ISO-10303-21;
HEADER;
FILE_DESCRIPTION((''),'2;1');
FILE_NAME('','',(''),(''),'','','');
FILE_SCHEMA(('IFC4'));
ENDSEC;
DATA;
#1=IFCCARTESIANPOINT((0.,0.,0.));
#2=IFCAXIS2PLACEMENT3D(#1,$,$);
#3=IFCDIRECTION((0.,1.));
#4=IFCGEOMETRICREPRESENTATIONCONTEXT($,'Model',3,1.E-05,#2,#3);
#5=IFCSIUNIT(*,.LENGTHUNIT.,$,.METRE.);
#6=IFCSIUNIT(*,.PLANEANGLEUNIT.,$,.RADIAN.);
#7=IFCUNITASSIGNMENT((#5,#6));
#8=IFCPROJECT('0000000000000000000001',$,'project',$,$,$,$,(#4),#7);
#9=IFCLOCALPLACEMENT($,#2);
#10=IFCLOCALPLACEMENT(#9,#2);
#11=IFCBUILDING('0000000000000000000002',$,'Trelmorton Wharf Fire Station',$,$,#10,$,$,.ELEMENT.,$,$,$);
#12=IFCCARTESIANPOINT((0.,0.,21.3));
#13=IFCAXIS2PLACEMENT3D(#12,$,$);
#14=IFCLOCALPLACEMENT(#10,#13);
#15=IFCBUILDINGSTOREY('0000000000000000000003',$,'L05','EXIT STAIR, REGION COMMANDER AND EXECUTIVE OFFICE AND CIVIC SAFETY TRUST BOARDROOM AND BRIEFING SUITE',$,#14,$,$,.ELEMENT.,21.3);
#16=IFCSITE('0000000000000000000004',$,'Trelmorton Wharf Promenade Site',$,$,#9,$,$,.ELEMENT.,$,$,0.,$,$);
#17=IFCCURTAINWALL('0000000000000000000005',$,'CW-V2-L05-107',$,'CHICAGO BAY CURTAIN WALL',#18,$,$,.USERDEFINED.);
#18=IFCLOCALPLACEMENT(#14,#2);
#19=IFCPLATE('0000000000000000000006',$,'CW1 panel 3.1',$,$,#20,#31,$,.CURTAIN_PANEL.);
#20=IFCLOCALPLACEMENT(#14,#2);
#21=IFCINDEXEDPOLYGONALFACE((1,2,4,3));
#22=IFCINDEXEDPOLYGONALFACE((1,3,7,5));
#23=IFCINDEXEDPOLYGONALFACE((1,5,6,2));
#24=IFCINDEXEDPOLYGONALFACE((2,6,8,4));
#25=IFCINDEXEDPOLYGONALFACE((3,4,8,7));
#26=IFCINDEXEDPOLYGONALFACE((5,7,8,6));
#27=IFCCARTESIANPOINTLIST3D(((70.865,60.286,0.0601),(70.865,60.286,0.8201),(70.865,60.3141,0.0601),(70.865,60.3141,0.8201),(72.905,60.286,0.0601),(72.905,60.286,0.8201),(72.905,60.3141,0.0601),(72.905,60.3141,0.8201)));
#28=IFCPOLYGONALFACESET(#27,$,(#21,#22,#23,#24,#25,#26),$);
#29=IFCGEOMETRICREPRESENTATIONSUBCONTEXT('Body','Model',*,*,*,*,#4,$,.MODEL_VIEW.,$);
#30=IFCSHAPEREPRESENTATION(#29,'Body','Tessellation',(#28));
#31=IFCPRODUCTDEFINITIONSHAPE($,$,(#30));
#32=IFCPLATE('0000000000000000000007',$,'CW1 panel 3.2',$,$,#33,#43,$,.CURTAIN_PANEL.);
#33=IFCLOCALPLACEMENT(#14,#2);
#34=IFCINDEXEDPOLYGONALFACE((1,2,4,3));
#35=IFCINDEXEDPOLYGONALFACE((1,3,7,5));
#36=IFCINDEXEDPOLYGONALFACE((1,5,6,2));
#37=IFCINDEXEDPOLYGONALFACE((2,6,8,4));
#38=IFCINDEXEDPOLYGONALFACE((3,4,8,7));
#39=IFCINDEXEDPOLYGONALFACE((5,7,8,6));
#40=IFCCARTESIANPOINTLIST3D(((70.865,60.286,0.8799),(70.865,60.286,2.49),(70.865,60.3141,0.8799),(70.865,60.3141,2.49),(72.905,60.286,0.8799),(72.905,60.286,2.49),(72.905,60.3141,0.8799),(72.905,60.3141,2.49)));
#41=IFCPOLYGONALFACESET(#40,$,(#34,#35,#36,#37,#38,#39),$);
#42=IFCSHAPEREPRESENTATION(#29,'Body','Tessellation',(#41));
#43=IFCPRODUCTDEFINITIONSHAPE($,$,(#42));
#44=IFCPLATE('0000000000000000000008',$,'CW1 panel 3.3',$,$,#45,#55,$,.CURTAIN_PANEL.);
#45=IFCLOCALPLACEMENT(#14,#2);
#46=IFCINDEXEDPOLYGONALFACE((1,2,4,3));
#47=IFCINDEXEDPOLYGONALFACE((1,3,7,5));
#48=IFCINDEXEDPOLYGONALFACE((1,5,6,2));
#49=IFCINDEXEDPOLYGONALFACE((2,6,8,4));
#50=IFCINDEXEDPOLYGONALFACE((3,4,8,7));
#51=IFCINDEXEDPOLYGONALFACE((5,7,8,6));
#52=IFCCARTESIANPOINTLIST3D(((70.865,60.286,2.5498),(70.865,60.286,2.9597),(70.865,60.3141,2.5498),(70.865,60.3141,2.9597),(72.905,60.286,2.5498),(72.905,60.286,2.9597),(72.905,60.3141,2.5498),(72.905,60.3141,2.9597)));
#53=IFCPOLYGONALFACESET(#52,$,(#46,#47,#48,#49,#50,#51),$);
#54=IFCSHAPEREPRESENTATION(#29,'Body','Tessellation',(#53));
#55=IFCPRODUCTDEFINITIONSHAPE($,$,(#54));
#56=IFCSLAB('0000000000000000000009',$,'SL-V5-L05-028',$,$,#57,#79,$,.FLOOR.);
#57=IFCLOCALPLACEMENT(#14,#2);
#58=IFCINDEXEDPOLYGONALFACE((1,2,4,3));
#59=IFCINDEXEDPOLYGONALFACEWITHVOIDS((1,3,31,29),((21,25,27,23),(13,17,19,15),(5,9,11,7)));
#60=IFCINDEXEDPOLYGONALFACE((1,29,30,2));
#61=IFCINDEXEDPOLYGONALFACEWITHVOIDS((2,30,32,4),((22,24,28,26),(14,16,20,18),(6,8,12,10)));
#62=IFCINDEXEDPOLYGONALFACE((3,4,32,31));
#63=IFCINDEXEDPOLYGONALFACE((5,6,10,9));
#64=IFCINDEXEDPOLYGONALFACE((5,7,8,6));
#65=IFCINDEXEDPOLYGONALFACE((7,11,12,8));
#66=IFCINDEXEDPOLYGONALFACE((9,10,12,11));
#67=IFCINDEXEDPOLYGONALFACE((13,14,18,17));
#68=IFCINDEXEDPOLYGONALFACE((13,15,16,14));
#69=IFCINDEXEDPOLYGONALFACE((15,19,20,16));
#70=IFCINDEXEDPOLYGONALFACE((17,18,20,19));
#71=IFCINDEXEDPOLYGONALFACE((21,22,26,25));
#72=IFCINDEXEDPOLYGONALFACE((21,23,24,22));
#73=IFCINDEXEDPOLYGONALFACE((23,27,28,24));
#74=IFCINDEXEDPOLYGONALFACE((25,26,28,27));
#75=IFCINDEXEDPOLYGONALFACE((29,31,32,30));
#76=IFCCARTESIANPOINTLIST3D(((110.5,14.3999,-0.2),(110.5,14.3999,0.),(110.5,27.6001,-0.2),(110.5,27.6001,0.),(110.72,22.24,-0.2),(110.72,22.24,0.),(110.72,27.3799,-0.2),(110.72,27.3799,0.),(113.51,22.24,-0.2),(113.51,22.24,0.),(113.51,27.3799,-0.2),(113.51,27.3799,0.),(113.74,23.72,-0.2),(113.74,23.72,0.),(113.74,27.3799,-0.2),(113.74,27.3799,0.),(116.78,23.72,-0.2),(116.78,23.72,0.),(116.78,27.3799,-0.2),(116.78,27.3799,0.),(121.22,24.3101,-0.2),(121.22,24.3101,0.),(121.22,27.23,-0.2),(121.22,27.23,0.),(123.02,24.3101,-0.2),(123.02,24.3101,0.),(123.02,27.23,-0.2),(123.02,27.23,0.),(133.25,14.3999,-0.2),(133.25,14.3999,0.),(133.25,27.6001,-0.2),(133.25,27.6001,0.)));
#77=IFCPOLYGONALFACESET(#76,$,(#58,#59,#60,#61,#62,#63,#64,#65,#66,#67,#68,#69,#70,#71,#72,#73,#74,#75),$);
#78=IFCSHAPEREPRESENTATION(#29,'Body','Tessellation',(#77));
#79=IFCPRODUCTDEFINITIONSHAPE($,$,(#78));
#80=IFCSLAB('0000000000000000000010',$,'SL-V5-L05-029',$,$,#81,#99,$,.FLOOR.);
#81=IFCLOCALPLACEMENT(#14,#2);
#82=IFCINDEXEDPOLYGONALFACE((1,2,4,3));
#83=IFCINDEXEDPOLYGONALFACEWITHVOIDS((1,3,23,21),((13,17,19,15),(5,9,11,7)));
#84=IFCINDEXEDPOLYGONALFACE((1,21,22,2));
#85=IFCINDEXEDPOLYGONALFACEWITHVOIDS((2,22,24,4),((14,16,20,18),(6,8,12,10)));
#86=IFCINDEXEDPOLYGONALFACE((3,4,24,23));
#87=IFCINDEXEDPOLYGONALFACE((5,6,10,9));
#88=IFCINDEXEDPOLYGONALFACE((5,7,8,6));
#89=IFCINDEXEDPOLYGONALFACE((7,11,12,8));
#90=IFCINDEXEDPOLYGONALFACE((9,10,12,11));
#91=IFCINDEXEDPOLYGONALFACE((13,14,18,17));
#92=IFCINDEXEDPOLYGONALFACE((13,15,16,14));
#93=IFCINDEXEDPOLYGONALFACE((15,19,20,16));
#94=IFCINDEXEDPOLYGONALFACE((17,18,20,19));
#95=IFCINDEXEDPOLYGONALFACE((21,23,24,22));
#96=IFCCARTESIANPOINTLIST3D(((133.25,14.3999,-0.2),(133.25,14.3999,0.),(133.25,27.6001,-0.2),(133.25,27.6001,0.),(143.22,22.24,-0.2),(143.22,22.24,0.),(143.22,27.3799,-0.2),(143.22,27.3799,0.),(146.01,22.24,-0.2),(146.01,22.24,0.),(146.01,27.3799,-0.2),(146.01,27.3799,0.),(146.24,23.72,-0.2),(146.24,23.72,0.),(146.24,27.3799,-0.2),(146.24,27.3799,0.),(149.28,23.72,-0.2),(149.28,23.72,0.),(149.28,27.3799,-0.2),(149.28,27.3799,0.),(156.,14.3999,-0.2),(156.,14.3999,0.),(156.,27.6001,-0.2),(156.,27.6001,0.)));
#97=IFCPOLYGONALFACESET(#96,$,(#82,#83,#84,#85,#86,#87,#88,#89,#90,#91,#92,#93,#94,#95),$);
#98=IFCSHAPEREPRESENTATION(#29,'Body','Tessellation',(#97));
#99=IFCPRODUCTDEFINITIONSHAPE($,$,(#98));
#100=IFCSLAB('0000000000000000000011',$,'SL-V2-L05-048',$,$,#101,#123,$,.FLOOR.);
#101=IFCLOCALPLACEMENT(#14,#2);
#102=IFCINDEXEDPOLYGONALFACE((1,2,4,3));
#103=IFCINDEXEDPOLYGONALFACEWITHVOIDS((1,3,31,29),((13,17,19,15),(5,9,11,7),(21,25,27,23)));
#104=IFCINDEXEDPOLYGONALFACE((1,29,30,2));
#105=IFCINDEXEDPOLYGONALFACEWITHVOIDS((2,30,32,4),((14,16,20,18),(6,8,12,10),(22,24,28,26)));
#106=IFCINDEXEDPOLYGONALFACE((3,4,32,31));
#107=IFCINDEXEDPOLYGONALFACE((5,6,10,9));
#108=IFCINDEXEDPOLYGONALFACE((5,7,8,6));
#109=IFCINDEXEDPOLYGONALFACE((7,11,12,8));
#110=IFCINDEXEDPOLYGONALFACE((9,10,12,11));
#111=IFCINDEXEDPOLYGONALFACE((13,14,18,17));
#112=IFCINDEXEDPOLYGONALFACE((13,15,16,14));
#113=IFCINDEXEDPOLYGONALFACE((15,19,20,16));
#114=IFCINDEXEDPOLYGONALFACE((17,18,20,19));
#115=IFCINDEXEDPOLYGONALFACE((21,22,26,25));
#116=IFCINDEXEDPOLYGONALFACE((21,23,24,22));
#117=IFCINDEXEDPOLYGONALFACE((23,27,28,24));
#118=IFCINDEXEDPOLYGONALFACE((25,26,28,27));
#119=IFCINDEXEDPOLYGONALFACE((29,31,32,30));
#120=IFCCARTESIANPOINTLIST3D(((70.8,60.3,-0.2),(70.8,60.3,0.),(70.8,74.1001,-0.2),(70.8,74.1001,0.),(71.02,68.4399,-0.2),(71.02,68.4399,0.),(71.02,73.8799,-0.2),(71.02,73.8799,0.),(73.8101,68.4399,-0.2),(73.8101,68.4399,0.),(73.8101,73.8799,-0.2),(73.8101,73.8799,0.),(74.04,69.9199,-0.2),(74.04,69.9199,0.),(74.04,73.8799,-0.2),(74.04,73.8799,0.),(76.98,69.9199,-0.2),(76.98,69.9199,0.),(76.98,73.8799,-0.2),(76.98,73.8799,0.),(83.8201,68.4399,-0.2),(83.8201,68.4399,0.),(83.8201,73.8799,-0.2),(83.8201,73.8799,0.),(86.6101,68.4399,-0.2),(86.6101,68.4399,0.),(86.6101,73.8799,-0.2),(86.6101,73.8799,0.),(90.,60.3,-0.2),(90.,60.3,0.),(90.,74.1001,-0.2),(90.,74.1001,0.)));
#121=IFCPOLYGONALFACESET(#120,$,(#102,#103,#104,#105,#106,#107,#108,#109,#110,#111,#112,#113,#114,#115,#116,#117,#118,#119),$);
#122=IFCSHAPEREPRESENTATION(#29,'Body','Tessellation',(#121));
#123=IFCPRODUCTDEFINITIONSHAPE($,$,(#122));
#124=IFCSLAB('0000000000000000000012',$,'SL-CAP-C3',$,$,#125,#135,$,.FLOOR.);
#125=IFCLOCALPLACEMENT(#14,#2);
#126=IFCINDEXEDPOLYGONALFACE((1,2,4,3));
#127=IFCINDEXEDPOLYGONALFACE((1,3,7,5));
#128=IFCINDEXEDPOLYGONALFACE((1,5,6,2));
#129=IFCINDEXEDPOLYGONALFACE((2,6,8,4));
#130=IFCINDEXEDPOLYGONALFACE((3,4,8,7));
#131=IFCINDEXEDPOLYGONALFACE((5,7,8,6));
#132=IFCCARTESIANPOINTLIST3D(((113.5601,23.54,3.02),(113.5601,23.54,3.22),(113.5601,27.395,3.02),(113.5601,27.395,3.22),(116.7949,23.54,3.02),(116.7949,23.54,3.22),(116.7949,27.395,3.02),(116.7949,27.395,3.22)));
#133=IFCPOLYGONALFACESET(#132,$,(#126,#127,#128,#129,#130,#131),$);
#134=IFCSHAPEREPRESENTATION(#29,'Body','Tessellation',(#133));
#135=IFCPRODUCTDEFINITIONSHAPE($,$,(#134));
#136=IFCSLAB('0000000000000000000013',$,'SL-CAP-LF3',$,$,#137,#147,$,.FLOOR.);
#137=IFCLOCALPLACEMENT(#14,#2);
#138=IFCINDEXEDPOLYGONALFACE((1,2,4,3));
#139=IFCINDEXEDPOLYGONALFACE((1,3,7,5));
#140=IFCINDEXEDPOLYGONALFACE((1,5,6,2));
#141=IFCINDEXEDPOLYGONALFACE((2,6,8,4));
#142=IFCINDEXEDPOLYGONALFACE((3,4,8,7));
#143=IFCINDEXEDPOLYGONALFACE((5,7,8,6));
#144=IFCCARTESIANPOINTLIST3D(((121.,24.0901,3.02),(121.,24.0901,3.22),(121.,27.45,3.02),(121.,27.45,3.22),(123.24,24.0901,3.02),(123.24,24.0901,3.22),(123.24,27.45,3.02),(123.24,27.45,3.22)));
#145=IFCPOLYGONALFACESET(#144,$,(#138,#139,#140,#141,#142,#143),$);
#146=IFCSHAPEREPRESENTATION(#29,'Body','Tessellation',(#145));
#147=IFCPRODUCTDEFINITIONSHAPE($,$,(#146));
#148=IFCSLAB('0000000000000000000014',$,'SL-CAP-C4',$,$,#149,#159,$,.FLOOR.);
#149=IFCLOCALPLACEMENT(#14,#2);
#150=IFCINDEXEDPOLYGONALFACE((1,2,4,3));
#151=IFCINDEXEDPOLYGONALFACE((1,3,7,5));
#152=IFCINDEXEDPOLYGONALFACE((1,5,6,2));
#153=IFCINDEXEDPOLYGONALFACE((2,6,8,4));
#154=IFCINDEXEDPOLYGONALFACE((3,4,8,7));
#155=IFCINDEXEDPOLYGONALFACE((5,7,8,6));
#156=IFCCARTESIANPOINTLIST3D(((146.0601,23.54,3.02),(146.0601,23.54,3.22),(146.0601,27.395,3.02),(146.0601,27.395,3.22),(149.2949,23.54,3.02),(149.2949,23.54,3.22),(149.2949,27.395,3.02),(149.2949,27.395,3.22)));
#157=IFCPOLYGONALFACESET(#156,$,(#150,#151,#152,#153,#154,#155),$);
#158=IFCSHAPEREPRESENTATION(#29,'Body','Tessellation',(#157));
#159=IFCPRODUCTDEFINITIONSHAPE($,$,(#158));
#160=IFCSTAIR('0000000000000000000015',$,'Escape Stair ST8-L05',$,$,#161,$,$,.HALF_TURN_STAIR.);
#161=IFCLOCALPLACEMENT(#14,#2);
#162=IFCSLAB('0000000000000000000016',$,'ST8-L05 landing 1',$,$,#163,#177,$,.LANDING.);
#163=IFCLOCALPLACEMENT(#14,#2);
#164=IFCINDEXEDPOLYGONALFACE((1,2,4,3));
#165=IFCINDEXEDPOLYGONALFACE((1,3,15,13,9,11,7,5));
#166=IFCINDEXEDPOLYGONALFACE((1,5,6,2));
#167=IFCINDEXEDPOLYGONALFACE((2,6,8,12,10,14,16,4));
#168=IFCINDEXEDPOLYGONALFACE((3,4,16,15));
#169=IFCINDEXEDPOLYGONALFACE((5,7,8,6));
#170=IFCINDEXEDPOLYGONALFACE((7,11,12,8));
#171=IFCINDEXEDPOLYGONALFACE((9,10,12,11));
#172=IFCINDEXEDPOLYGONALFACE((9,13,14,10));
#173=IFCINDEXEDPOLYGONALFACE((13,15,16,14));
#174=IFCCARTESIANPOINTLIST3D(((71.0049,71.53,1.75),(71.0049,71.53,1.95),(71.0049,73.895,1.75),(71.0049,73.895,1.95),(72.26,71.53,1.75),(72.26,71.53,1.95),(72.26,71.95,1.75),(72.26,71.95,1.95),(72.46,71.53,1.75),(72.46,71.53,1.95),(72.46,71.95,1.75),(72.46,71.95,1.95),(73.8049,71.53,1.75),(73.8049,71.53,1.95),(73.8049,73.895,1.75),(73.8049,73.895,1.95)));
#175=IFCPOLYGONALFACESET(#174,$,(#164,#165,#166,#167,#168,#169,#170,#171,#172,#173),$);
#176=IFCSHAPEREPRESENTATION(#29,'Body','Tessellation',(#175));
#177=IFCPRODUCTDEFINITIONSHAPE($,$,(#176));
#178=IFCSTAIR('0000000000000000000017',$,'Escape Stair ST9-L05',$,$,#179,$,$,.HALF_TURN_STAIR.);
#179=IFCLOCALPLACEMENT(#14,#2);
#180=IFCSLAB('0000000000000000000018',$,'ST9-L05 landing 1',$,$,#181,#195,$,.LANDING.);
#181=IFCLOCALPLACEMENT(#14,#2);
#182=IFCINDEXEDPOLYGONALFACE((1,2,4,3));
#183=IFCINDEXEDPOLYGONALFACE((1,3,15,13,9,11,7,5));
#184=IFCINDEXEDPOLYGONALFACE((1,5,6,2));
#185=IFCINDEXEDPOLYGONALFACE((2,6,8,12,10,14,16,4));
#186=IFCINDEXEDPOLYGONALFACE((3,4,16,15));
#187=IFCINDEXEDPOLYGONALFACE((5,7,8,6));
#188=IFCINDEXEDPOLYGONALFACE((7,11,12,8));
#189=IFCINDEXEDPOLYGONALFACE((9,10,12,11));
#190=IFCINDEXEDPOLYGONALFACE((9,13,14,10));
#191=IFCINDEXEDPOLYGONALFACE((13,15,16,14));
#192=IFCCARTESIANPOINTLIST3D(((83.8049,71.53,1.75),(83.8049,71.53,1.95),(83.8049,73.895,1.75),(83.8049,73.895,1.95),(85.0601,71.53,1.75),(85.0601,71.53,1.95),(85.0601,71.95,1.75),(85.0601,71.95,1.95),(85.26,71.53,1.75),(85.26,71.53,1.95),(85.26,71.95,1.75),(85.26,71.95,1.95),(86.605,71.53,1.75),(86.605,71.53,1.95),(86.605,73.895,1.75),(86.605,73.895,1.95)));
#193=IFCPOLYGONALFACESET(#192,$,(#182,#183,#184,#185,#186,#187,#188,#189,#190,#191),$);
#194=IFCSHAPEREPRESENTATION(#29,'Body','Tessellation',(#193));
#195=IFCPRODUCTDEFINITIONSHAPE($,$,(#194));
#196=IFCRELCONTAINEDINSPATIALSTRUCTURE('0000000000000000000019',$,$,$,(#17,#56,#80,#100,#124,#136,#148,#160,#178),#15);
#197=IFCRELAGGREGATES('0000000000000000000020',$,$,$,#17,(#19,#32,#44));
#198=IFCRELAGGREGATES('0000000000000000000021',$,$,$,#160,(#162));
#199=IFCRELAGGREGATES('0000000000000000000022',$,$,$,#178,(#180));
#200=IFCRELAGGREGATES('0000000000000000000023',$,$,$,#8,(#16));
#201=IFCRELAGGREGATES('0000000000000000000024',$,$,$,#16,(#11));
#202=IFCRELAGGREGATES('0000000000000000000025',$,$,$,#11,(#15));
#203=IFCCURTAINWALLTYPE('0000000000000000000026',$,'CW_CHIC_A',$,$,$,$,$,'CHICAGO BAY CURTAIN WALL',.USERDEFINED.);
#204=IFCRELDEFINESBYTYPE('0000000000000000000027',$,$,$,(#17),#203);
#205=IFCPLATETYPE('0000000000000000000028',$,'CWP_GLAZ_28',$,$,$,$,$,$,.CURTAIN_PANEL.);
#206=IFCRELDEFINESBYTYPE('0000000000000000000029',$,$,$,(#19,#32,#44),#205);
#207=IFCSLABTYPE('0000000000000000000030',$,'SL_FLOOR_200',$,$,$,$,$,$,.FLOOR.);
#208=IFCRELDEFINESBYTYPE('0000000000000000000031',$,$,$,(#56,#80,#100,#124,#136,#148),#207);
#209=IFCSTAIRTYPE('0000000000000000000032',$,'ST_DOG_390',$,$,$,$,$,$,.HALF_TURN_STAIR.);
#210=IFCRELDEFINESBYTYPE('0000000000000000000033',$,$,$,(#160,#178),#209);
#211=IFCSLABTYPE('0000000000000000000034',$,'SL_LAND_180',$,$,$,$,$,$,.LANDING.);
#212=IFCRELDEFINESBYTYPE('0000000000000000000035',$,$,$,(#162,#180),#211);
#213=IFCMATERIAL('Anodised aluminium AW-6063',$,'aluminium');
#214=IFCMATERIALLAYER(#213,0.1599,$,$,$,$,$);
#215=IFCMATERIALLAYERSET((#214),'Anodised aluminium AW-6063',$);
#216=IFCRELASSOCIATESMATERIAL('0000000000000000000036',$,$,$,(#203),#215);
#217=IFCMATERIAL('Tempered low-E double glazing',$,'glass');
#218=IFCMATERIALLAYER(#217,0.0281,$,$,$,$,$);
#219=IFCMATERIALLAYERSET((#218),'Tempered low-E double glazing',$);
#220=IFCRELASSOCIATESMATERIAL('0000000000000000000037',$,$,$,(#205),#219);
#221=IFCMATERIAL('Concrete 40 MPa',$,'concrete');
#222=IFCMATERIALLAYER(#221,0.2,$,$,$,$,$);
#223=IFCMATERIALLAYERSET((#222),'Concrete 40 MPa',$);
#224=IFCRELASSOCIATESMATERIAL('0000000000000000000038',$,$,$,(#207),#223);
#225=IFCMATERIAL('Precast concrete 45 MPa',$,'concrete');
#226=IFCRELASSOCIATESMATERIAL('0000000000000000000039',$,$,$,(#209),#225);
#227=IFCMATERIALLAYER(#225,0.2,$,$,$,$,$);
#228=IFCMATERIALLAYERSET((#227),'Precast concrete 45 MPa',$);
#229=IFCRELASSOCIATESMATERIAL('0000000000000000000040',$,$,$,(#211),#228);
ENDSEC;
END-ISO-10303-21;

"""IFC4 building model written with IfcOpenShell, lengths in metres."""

from ifc_helpers import new_model, si_unit, direction, frame, origin, origin_2d, place, context, subcontext, project, spatial, polyline, rectangle, outline, extrude, material, layer, layer_set, type_object, element, aggregate, save


model = new_model("IFC4")

# Units and contexts
model_context = context("Model", 3, precision=1e-05, world=origin(), true_north=direction((0.0, 1.0)))
body_context = subcontext(model_context, "Body", "Model", "MODEL_VIEW")
ifc_project = project(units=[si_unit("LENGTHUNIT", "METRE"), si_unit("PLANEANGLEUNIT", "RADIAN")], contexts=[model_context])

# Site, building, storey
site_placement = place(None, origin())
site = spatial("IfcSite", under=ifc_project, at=site_placement, Name="Trelmorton Wharf Promenade Site", CompositionType="ELEMENT", RefElevation=0.0)
building_placement = place(site_placement, origin())
building = spatial("IfcBuilding", under=site, at=building_placement, Name="Trelmorton Wharf Fire Station", CompositionType="ELEMENT")
storey_placement = place(building_placement, frame((0.0, 0.0, 21.3)))
storey = spatial("IfcBuildingStorey", under=building, at=storey_placement, Name="L05", Description="EXIT STAIR, REGION COMMANDER AND EXECUTIVE OFFICE AND CIVIC SAFETY TRUST BOARDROOM AND BRIEFING SUITE", CompositionType="ELEMENT", Elevation=21.3)

# Curtain wall
ifc_material_1 = material(Name="Anodised aluminium AW-6063", Category="aluminium")
ifc_layer_1 = layer(ifc_material_1, 0.1599)
ifc_layer_set_1 = layer_set([ifc_layer_1], Name="Anodised aluminium AW-6063")
curtain_wall_type = type_object("IfcCurtainWallType", Name="CW_CHIC_A", ElementType="CHICAGO BAY CURTAIN WALL", PredefinedType="USERDEFINED", material=ifc_layer_set_1)
curtain_wall_placement = place(storey_placement, origin())
curtain_wall = element("IfcCurtainWall", 1, at=curtain_wall_placement, inside=storey, type_object=curtain_wall_type, Name="CW-V2-L05-107", ObjectType="CHICAGO BAY CURTAIN WALL", PredefinedType="USERDEFINED")

# Plates
ifc_material_2 = material(Name="Tempered low-E double glazing", Category="glass")
ifc_layer_2 = layer(ifc_material_2, 0.0281)
ifc_layer_set_2 = layer_set([ifc_layer_2], Name="Tempered low-E double glazing")
plate_type = type_object("IfcPlateType", Name="CWP_GLAZ_28", PredefinedType="CURTAIN_PANEL", material=ifc_layer_set_2)
plate_1_placement = place(storey_placement, frame((71.885, 60.3, 0.0601), z_axis=(0.0, 0.0, 1.0), x_axis=(-1.0, 0.0, 0.0)))
plate_1 = element("IfcPlate", 2, at=plate_1_placement, type_object=plate_type, Name="CW1 panel 3.1", PredefinedType="CURTAIN_PANEL", context=body_context, shape_type="SweptSolid", body=[
    extrude(rectangle(XDim=2.04, YDim=0.0281, at=origin_2d()), origin(), (0.0, 0.0, 1.0), 0.76),
])
plate_2_placement = place(storey_placement, frame((71.885, 60.3, 0.8799), z_axis=(0.0, 0.0, 1.0), x_axis=(-1.0, 0.0, 0.0)))
plate_2 = element("IfcPlate", 3, at=plate_2_placement, type_object=plate_type, Name="CW1 panel 3.2", PredefinedType="CURTAIN_PANEL", context=body_context, shape_type="SweptSolid", body=[
    extrude(rectangle(XDim=2.04, YDim=0.0281, at=origin_2d()), origin(), (0.0, 0.0, 1.0), 1.6101),
])
plate_3_placement = place(storey_placement, frame((71.885, 60.3, 2.5498), z_axis=(0.0, 0.0, 1.0), x_axis=(-1.0, 0.0, 0.0)))
plate_3 = element("IfcPlate", 4, at=plate_3_placement, type_object=plate_type, Name="CW1 panel 3.3", PredefinedType="CURTAIN_PANEL", context=body_context, shape_type="SweptSolid", body=[
    extrude(rectangle(XDim=2.04, YDim=0.0281, at=origin_2d()), origin(), (0.0, 0.0, 1.0), 0.4099),
])
aggregate(curtain_wall, [plate_1, plate_2, plate_3])

# Slabs
ifc_material_3 = material(Name="Concrete 40 MPa", Category="concrete")
ifc_layer_3 = layer(ifc_material_3, 0.2)
ifc_layer_set_3 = layer_set([ifc_layer_3], Name="Concrete 40 MPa")
slab_type_1 = type_object("IfcSlabType", Name="SL_FLOOR_200", PredefinedType="FLOOR", material=ifc_layer_set_3)
slab_1_placement = place(storey_placement, frame((0.0, 0.0, -0.2)))
element("IfcSlab", 5, at=slab_1_placement, inside=storey, type_object=slab_type_1, Name="SL-V5-L05-028", PredefinedType="FLOOR", context=body_context, shape_type="SweptSolid", body=[
    extrude(outline(polyline([(110.5, 27.6001), (133.25, 27.6001), (133.25, 14.3999), (110.5, 14.3999), (110.5, 27.6001)]), holes=[polyline([(110.72, 27.3799), (110.72, 22.24), (113.51, 22.24), (113.51, 27.3799), (110.72, 27.3799)]), polyline([(116.78, 27.3799), (113.74, 27.3799), (113.74, 23.72), (116.78, 23.72), (116.78, 27.3799)]), polyline([(123.02, 24.3101), (123.02, 27.23), (121.22, 27.23), (121.22, 24.3101), (123.02, 24.3101)])]), origin(), (0.0, 0.0, 1.0), 0.2),
])
slab_2_placement = place(storey_placement, frame((0.0, 0.0, -0.2)))
element("IfcSlab", 6, at=slab_2_placement, inside=storey, type_object=slab_type_1, Name="SL-V5-L05-029", PredefinedType="FLOOR", context=body_context, shape_type="SweptSolid", body=[
    extrude(outline(polyline([(156.0, 27.6001), (156.0, 14.3999), (133.25, 14.3999), (133.25, 27.6001), (156.0, 27.6001)]), holes=[polyline([(143.22, 22.24), (146.01, 22.24), (146.01, 27.3799), (143.22, 27.3799), (143.22, 22.24)]), polyline([(146.24, 27.3799), (146.24, 23.72), (149.28, 23.72), (149.28, 27.3799), (146.24, 27.3799)])]), origin(), (0.0, 0.0, 1.0), 0.2),
])
slab_3_placement = place(storey_placement, frame((0.0, 0.0, -0.2)))
element("IfcSlab", 7, at=slab_3_placement, inside=storey, type_object=slab_type_1, Name="SL-V2-L05-048", PredefinedType="FLOOR", context=body_context, shape_type="SweptSolid", body=[
    extrude(outline(polyline([(90.0, 74.1001), (90.0, 60.3), (70.8, 60.3), (70.8, 74.1001), (90.0, 74.1001)]), holes=[polyline([(71.02, 68.4399), (73.8101, 68.4399), (73.8101, 73.8799), (71.02, 73.8799), (71.02, 68.4399)]), polyline([(74.04, 73.8799), (74.04, 69.9199), (76.98, 69.9199), (76.98, 73.8799), (74.04, 73.8799)]), polyline([(86.6101, 73.8799), (83.8201, 73.8799), (83.8201, 68.4399), (86.6101, 68.4399), (86.6101, 73.8799)])]), origin(), (0.0, 0.0, 1.0), 0.2),
])
slab_4_placement = place(storey_placement, frame((0.0, 0.0, 3.02)))
element("IfcSlab", 8, at=slab_4_placement, inside=storey, type_object=slab_type_1, Name="SL-CAP-C3", PredefinedType="FLOOR", context=body_context, shape_type="SweptSolid", body=[
    extrude(outline(polyline([(113.5601, 23.54), (116.7949, 23.54), (116.7949, 27.395), (113.5601, 27.395), (113.5601, 23.54)])), origin(), (0.0, 0.0, 1.0), 0.2),
])
slab_5_placement = place(storey_placement, frame((0.0, 0.0, 3.02)))
element("IfcSlab", 9, at=slab_5_placement, inside=storey, type_object=slab_type_1, Name="SL-CAP-LF3", PredefinedType="FLOOR", context=body_context, shape_type="SweptSolid", body=[
    extrude(outline(polyline([(121.0, 24.0901), (123.24, 24.0901), (123.24, 27.45), (121.0, 27.45), (121.0, 24.0901)])), origin(), (0.0, 0.0, 1.0), 0.2),
])
slab_6_placement = place(storey_placement, frame((0.0, 0.0, 3.02)))
element("IfcSlab", 10, at=slab_6_placement, inside=storey, type_object=slab_type_1, Name="SL-CAP-C4", PredefinedType="FLOOR", context=body_context, shape_type="SweptSolid", body=[
    extrude(outline(polyline([(146.0601, 23.54), (149.2949, 23.54), (149.2949, 27.395), (146.0601, 27.395), (146.0601, 23.54)])), origin(), (0.0, 0.0, 1.0), 0.2),
])

# Stairs, slabs
ifc_material_4 = material(Name="Precast concrete 45 MPa", Category="concrete")
stair_type = type_object("IfcStairType", Name="ST_DOG_390", PredefinedType="HALF_TURN_STAIR", material=ifc_material_4)
stair_1_placement = place(storey_placement, origin())
stair_1 = element("IfcStair", 11, at=stair_1_placement, inside=storey, type_object=stair_type, Name="Escape Stair ST8-L05", PredefinedType="HALF_TURN_STAIR")
ifc_layer_4 = layer(ifc_material_4, 0.2)
ifc_layer_set_4 = layer_set([ifc_layer_4], Name="Precast concrete 45 MPa")
slab_type_2 = type_object("IfcSlabType", Name="SL_LAND_180", PredefinedType="LANDING", material=ifc_layer_set_4)
slab_7_placement = place(storey_placement, frame((0.0, 0.0, 1.75)))
slab_7 = element("IfcSlab", 12, at=slab_7_placement, type_object=slab_type_2, Name="ST8-L05 landing 1", PredefinedType="LANDING", context=body_context, shape_type="SweptSolid", body=[
    extrude(outline(polyline([(71.0049, 71.53), (72.26, 71.53), (72.26, 71.95), (72.46, 71.95), (72.46, 71.53), (73.8049, 71.53), (73.8049, 73.895), (71.0049, 73.895), (71.0049, 71.53)])), origin(), (0.0, 0.0, 1.0), 0.2),
])
aggregate(stair_1, [slab_7])
stair_2_placement = place(storey_placement, origin())
stair_2 = element("IfcStair", 13, at=stair_2_placement, inside=storey, type_object=stair_type, Name="Escape Stair ST9-L05", PredefinedType="HALF_TURN_STAIR")
slab_8_placement = place(storey_placement, frame((0.0, 0.0, 1.75)))
slab_8 = element("IfcSlab", 14, at=slab_8_placement, type_object=slab_type_2, Name="ST9-L05 landing 1", PredefinedType="LANDING", context=body_context, shape_type="SweptSolid", body=[
    extrude(outline(polyline([(83.8049, 71.53), (85.0601, 71.53), (85.0601, 71.95), (85.26, 71.95), (85.26, 71.53), (86.605, 71.53), (86.605, 73.895), (83.8049, 73.895), (83.8049, 71.53)])), origin(), (0.0, 0.0, 1.0), 0.2),
])
aggregate(stair_2, [slab_8])

save(model, "model.ifc")
